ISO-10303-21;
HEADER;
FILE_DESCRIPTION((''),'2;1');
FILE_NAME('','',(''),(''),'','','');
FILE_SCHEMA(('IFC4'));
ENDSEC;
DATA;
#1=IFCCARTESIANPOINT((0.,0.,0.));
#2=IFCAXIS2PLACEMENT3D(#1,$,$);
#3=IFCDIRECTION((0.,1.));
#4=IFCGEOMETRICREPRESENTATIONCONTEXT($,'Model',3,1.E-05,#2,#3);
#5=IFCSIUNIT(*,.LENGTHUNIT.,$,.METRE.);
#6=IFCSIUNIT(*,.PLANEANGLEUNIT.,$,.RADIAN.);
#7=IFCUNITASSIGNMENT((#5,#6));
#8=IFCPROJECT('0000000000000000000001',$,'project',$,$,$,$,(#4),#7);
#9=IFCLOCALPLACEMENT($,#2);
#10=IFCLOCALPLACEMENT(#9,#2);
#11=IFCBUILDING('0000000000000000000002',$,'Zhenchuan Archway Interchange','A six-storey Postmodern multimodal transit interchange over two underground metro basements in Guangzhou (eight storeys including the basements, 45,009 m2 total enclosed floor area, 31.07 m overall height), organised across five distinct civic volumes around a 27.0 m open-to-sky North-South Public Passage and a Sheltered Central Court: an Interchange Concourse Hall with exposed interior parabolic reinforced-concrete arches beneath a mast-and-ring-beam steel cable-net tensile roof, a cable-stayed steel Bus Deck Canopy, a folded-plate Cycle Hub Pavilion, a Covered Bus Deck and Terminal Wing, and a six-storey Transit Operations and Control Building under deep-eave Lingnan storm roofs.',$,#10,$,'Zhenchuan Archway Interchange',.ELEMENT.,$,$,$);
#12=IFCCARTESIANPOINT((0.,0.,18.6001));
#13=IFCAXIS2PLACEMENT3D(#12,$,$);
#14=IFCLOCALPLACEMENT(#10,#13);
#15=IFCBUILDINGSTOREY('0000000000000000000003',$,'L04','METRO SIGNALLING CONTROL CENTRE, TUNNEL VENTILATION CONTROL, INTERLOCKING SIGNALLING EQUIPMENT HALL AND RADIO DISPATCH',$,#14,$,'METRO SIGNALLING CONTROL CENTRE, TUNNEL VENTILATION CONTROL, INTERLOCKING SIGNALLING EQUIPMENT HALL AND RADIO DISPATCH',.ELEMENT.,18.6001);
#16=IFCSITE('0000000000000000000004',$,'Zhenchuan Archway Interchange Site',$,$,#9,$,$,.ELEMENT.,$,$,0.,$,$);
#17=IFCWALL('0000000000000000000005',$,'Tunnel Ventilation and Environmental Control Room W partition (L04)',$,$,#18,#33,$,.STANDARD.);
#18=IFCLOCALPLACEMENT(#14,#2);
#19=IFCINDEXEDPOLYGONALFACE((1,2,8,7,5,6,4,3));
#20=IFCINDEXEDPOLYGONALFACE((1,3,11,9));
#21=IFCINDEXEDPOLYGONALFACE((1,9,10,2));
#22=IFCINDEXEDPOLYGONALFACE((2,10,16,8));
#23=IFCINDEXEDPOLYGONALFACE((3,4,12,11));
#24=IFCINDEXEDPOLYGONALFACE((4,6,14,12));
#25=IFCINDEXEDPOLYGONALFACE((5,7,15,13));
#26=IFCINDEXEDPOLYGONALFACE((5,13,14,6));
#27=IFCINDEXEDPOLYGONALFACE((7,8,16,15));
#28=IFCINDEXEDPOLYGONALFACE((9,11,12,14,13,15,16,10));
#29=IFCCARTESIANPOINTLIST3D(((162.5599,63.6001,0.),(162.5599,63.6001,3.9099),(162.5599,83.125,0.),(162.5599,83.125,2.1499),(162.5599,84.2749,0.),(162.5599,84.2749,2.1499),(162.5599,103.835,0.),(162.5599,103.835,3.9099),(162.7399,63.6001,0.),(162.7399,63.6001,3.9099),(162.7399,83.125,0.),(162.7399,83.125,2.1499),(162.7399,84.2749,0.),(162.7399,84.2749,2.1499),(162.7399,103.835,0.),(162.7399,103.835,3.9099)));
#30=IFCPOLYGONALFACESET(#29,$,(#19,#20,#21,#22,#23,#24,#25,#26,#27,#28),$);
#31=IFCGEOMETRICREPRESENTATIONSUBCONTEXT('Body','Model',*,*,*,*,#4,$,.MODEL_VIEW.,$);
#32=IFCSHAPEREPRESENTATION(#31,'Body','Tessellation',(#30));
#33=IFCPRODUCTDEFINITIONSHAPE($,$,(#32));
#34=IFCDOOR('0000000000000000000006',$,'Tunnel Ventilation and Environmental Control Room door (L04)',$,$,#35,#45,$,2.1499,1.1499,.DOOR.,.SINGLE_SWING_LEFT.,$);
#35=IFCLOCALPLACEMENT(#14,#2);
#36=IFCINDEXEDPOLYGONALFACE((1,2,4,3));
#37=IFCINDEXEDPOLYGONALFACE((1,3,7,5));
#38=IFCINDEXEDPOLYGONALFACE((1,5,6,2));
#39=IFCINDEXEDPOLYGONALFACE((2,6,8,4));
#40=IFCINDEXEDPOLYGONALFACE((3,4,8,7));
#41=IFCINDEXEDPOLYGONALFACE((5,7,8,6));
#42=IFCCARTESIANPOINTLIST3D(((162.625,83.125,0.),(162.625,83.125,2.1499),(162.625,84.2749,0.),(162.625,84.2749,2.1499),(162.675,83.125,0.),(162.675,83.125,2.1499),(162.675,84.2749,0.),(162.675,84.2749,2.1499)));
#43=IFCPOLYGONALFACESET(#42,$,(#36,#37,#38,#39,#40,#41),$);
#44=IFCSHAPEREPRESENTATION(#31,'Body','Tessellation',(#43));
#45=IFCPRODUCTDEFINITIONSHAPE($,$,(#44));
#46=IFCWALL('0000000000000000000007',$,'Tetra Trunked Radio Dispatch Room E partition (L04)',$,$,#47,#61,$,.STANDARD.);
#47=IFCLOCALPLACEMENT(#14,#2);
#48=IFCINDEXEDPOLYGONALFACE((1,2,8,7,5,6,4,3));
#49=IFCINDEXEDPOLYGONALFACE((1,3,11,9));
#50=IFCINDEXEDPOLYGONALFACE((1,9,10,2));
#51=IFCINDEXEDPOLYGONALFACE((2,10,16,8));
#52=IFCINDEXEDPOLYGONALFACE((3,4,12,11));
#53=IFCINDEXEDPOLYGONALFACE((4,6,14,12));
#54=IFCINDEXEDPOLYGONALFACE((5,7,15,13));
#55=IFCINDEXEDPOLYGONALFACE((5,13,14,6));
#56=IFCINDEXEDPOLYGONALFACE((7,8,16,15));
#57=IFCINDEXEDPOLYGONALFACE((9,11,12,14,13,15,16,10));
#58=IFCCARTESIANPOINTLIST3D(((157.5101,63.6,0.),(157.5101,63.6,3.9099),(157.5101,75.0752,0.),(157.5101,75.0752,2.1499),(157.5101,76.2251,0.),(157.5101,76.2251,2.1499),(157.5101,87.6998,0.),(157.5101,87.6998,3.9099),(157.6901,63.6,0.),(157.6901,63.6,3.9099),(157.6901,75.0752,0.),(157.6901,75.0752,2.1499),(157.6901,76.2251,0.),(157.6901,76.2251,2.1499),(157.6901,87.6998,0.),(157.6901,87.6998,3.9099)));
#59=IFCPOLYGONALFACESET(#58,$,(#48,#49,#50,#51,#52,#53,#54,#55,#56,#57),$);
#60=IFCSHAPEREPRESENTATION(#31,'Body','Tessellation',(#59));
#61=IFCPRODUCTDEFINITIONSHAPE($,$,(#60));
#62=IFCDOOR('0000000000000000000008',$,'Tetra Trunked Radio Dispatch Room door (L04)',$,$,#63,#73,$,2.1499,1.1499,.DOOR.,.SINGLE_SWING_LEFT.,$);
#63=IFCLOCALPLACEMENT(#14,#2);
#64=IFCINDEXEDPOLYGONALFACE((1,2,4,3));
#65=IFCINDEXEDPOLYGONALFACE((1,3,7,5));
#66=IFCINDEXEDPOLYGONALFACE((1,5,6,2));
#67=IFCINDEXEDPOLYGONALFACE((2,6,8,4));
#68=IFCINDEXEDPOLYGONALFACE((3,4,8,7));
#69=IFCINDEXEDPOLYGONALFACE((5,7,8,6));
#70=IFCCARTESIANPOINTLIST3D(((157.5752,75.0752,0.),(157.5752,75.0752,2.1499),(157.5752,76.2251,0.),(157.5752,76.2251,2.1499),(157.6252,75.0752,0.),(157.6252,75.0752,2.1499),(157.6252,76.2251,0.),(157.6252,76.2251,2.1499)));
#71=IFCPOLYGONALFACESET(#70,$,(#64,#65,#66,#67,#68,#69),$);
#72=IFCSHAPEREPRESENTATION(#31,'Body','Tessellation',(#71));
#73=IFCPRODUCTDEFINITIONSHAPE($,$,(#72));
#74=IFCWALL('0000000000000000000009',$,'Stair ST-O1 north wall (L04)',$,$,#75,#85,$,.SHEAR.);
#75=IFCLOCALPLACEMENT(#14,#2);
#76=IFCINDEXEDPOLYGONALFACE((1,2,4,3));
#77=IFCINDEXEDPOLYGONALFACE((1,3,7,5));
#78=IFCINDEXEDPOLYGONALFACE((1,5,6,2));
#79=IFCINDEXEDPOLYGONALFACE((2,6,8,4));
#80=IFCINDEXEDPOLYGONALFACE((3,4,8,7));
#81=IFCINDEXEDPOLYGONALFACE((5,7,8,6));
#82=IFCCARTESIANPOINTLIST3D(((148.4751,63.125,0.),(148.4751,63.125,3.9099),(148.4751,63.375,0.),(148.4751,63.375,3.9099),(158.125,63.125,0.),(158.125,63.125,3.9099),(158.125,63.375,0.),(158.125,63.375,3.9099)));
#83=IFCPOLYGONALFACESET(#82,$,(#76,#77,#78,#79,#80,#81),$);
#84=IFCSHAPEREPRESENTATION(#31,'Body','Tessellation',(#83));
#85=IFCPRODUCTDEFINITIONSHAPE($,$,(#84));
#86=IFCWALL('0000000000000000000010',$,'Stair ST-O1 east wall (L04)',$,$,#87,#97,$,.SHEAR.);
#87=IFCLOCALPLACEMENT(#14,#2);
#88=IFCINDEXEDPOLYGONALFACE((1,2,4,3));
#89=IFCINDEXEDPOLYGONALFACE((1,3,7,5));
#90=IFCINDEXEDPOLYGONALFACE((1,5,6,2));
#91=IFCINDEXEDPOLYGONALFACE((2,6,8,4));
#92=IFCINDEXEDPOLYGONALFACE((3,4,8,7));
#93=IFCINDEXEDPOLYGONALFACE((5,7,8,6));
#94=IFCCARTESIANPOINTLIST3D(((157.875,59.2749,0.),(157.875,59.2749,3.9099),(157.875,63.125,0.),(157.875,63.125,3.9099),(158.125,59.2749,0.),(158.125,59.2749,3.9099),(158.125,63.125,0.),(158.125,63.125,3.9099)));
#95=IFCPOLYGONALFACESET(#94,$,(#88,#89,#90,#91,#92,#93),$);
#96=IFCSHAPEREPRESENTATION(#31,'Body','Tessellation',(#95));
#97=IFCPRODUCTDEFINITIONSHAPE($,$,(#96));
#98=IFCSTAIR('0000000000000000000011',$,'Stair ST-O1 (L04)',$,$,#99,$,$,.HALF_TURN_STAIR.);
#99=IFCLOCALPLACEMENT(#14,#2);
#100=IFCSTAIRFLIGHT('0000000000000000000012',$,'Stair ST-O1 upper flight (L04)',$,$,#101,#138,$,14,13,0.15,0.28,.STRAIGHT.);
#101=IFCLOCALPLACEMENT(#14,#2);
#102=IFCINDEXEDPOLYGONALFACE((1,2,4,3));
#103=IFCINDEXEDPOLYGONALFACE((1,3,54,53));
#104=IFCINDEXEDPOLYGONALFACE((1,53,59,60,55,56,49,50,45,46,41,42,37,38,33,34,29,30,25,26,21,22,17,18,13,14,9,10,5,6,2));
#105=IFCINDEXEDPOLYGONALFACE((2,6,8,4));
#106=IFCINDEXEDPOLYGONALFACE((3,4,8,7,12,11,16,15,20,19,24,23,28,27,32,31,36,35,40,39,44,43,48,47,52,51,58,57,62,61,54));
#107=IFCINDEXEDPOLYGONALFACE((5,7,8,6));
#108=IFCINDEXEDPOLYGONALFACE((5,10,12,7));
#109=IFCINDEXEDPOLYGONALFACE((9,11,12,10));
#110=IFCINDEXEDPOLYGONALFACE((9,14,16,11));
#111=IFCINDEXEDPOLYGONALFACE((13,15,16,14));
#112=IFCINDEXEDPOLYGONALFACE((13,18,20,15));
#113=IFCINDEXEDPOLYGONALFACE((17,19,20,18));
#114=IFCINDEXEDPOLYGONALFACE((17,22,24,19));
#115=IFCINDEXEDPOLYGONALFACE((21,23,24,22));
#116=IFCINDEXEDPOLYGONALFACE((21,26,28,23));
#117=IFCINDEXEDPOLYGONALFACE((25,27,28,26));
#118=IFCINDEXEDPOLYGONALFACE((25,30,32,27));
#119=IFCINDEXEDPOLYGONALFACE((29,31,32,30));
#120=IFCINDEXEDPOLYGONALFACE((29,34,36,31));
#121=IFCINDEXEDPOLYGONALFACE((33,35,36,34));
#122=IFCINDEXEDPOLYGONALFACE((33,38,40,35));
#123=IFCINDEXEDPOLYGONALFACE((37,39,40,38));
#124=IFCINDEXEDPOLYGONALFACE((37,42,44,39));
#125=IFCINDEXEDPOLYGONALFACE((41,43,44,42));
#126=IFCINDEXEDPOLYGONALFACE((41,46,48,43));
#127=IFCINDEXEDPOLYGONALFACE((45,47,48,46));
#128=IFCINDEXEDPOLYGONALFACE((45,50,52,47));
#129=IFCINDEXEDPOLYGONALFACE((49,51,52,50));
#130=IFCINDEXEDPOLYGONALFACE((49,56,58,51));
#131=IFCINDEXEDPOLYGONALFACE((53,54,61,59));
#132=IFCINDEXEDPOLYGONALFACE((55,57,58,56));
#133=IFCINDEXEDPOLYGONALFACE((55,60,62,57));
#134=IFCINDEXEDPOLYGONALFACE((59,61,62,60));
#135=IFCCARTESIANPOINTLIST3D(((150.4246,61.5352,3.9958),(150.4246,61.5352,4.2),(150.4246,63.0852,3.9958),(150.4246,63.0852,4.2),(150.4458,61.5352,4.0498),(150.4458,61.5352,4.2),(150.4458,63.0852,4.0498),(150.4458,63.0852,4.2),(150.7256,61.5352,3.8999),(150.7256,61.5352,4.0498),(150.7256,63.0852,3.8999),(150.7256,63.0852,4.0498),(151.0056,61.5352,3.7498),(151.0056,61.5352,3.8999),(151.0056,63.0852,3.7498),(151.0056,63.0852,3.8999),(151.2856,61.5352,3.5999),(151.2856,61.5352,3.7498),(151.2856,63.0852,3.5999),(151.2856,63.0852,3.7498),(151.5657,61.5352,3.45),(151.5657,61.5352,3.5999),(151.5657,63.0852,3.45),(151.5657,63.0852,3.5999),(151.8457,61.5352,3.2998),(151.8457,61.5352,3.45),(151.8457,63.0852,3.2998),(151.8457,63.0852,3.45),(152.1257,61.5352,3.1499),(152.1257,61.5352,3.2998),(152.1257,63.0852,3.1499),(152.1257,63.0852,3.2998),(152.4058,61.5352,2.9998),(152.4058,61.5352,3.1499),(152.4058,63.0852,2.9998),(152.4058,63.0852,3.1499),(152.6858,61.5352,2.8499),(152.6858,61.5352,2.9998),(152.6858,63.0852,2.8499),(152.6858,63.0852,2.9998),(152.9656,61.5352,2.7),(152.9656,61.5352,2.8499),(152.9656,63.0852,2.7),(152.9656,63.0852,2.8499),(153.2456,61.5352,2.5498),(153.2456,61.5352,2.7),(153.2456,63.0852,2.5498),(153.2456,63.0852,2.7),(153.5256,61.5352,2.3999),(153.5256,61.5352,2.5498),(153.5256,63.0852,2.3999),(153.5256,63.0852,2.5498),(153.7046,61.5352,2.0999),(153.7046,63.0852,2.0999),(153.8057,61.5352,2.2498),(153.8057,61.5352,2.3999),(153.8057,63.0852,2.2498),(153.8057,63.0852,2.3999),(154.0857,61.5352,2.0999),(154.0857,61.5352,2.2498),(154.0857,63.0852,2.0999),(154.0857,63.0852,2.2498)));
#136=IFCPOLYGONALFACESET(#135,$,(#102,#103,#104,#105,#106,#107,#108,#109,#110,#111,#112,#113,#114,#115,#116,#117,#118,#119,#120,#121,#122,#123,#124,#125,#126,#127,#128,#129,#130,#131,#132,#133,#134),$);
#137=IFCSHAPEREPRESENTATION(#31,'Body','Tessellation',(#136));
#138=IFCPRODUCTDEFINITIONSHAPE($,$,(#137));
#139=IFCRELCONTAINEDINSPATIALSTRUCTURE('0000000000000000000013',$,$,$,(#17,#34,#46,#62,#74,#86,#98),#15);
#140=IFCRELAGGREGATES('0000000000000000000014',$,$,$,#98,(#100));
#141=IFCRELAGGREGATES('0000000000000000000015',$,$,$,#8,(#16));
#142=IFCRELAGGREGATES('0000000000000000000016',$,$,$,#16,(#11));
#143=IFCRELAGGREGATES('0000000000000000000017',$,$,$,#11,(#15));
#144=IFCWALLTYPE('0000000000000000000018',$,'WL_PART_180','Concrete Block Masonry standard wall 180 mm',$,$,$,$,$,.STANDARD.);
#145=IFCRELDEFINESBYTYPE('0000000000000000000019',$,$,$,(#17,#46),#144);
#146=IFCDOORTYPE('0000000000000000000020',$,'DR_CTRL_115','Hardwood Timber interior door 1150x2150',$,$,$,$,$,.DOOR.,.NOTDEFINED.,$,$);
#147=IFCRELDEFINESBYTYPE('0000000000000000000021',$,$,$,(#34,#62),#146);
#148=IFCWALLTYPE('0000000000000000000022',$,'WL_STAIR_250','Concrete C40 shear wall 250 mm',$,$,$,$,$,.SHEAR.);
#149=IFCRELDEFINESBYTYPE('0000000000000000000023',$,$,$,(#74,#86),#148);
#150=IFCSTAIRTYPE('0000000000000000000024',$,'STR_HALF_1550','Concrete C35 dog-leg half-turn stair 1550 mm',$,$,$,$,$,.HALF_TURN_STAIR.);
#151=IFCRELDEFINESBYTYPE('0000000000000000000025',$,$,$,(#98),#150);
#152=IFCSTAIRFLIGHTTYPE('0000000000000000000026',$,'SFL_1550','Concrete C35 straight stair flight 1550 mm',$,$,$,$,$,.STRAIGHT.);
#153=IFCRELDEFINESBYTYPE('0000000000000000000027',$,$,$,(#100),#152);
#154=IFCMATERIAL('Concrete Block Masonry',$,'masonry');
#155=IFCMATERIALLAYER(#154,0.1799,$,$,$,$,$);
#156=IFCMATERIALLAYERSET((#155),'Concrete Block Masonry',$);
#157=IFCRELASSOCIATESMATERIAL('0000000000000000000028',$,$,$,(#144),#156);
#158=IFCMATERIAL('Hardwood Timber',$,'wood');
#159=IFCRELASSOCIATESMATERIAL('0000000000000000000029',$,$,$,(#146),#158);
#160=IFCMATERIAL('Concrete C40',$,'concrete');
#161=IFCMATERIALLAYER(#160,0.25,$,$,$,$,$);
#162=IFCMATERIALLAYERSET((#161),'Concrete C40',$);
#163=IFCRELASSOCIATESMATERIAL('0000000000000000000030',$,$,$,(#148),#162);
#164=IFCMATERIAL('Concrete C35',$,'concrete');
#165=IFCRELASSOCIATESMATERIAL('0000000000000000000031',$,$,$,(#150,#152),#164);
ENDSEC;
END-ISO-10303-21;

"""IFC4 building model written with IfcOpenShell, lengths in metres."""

from ifc_helpers import new_model, si_unit, direction, frame, frame_2d, origin, place, context, subcontext, project, spatial, polyline, rectangle, outline, extrude, material, layer, layer_set, type_object, element, fill, aggregate, save


model = new_model("IFC4")

# Units and contexts
model_context = context("Model", 3, precision=1e-05, world=origin(), true_north=direction((0.0, 1.0)))
body_context = subcontext(model_context, "Body", "Model", "MODEL_VIEW")
ifc_project = project(units=[si_unit("LENGTHUNIT", "METRE"), si_unit("PLANEANGLEUNIT", "RADIAN")], contexts=[model_context])

# Site, building, storey
site_placement = place(None, origin())
site = spatial("IfcSite", under=ifc_project, at=site_placement, Name="Zhenchuan Archway Interchange Site", CompositionType="ELEMENT", RefElevation=0.0)
building_placement = place(site_placement, origin())
building = spatial("IfcBuilding", under=site, at=building_placement, Name="Zhenchuan Archway Interchange", Description="A six-storey Postmodern multimodal transit interchange over two underground metro basements in Guangzhou (eight storeys including the basements, 45,009 m2 total enclosed floor area, 31.07 m overall height), organised across five distinct civic volumes around a 27.0 m open-to-sky North-South Public Passage and a Sheltered Central Court: an Interchange Concourse Hall with exposed interior parabolic reinforced-concrete arches beneath a mast-and-ring-beam steel cable-net tensile roof, a cable-stayed steel Bus Deck Canopy, a folded-plate Cycle Hub Pavilion, a Covered Bus Deck and Terminal Wing, and a six-storey Transit Operations and Control Building under deep-eave Lingnan storm roofs.", LongName="Zhenchuan Archway Interchange", CompositionType="ELEMENT")
storey_placement = place(building_placement, frame((0.0, 0.0, 18.6001)))
storey = spatial("IfcBuildingStorey", under=building, at=storey_placement, Name="L04", Description="METRO SIGNALLING CONTROL CENTRE, TUNNEL VENTILATION CONTROL, INTERLOCKING SIGNALLING EQUIPMENT HALL AND RADIO DISPATCH", LongName="METRO SIGNALLING CONTROL CENTRE, TUNNEL VENTILATION CONTROL, INTERLOCKING SIGNALLING EQUIPMENT HALL AND RADIO DISPATCH", CompositionType="ELEMENT", Elevation=18.6001)

# Shared definitions
ifc_material_1 = material(Name="Concrete C40", Category="concrete")

# Walls, openings, doors
ifc_material_2 = material(Name="Concrete Block Masonry", Category="masonry")
ifc_layer_1 = layer(ifc_material_2, 0.1799)
ifc_layer_set_1 = layer_set([ifc_layer_1], Name="Concrete Block Masonry")
wall_type_1 = type_object("IfcWallType", Name="WL_PART_180", Description="Concrete Block Masonry standard wall 180 mm", PredefinedType="STANDARD", material=ifc_layer_set_1)
wall_1_placement = place(storey_placement, frame((162.6499, 63.6001, 0.0), z_axis=(0.0, 0.0, 1.0), x_axis=(0.0, 1.0, 0.0)))
wall_1 = element("IfcWall", 1, at=wall_1_placement, inside=storey, type_object=wall_type_1, Name="Tunnel Ventilation and Environmental Control Room W partition (L04)", PredefinedType="STANDARD", context=body_context, shape_type="SweptSolid", body=[
    extrude(rectangle(XDim=40.2349, YDim=0.1799, at=frame_2d((20.1174, 0.0))), origin(), (0.0, 0.0, 1.0), 3.9099),
])
opening_1_placement = place(wall_1_placement, frame((19.5249, 0.0, 0.0)))
opening_1 = element("IfcOpeningElement", 2, at=opening_1_placement, cuts=wall_1, PredefinedType="OPENING", context=body_context, shape_type="SweptSolid", body=[
    extrude(rectangle(XDim=1.1499, YDim=2.1499, at=frame_2d((0.575, 1.075))), frame((0.0, 0.1021, 0.0), z_axis=(0.0, -1.0, 0.0), x_axis=(1.0, 0.0, 0.0)), (0.0, 0.0, 1.0), 0.2039),
])
ifc_material_3 = material(Name="Hardwood Timber", Category="wood")
door_type_1 = type_object("IfcDoorType", Name="DR_CTRL_115", Description="Hardwood Timber interior door 1150x2150", OperationType="NOTDEFINED", PredefinedType="DOOR", material=ifc_material_3)
door_1_placement = place(opening_1_placement, origin())
door_1 = element("IfcDoor", 3, at=door_1_placement, inside=storey, type_object=door_type_1, Name="Tunnel Ventilation and Environmental Control Room door (L04)", OperationType="SINGLE_SWING_LEFT", OverallHeight=2.1499, OverallWidth=1.1499, PredefinedType="DOOR", context=body_context, shape_type="SweptSolid", body=[
    extrude(rectangle(XDim=1.1499, YDim=2.1499, at=frame_2d((0.575, 1.075))), frame((0.0, 0.0249, 0.0), z_axis=(0.0, -1.0, 0.0), x_axis=(1.0, 0.0, 0.0)), (0.0, 0.0, 1.0), 0.05),
])
fill(opening_1, door_1)
wall_2_placement = place(storey_placement, frame((157.6001, 63.6001, 0.0), z_axis=(0.0, 0.0, 1.0), x_axis=(0.0, 1.0, 0.0)))
wall_2 = element("IfcWall", 4, at=wall_2_placement, inside=storey, type_object=wall_type_1, Name="Tetra Trunked Radio Dispatch Room E partition (L04)", PredefinedType="STANDARD", context=body_context, shape_type="SweptSolid", body=[
    extrude(rectangle(XDim=24.0999, YDim=0.1799, at=frame_2d((12.0498, 0.0))), origin(), (0.0, 0.0, 1.0), 3.9099),
])
opening_2_placement = place(wall_2_placement, frame((11.4751, 0.0, 0.0)))
opening_2 = element("IfcOpeningElement", 5, at=opening_2_placement, cuts=wall_2, PredefinedType="OPENING", context=body_context, shape_type="SweptSolid", body=[
    extrude(rectangle(XDim=1.1499, YDim=2.1499, at=frame_2d((0.575, 1.075))), frame((0.0, 0.1021, 0.0), z_axis=(0.0, -1.0, 0.0), x_axis=(1.0, 0.0, 0.0)), (0.0, 0.0, 1.0), 0.2039),
])
door_2_placement = place(opening_2_placement, origin())
door_2 = element("IfcDoor", 6, at=door_2_placement, inside=storey, type_object=door_type_1, Name="Tetra Trunked Radio Dispatch Room door (L04)", OperationType="SINGLE_SWING_LEFT", OverallHeight=2.1499, OverallWidth=1.1499, PredefinedType="DOOR", context=body_context, shape_type="SweptSolid", body=[
    extrude(rectangle(XDim=1.1499, YDim=2.1499, at=frame_2d((0.575, 1.075))), frame((0.0, 0.0249, 0.0), z_axis=(0.0, -1.0, 0.0), x_axis=(1.0, 0.0, 0.0)), (0.0, 0.0, 1.0), 0.05),
])
fill(opening_2, door_2)

# Walls
ifc_layer_2 = layer(ifc_material_1, 0.25)
ifc_layer_set_2 = layer_set([ifc_layer_2], Name="Concrete C40")
wall_type_2 = type_object("IfcWallType", Name="WL_STAIR_250", Description="Concrete C40 shear wall 250 mm", PredefinedType="SHEAR", material=ifc_layer_set_2)
wall_3_placement = place(storey_placement, frame((158.125, 63.25, 0.0), z_axis=(0.0, 0.0, 1.0), x_axis=(-1.0, 0.0, 0.0)))
element("IfcWall", 7, at=wall_3_placement, inside=storey, type_object=wall_type_2, Name="Stair ST-O1 north wall (L04)", PredefinedType="SHEAR", context=body_context, shape_type="SweptSolid", body=[
    extrude(rectangle(XDim=9.6499, YDim=0.25, at=frame_2d((4.825, 0.0))), origin(), (0.0, 0.0, 1.0), 3.9099),
])
wall_4_placement = place(storey_placement, frame((158.0, 59.2749, 0.0), z_axis=(0.0, 0.0, 1.0), x_axis=(0.0, 1.0, 0.0)))
element("IfcWall", 8, at=wall_4_placement, inside=storey, type_object=wall_type_2, Name="Stair ST-O1 east wall (L04)", PredefinedType="SHEAR", context=body_context, shape_type="SweptSolid", body=[
    extrude(rectangle(XDim=3.8501, YDim=0.25, at=frame_2d((1.925, 0.0))), origin(), (0.0, 0.0, 1.0), 3.9099),
])

# Stair, stair flight
ifc_material_4 = material(Name="Concrete C35", Category="concrete")
stair_type = type_object("IfcStairType", Name="STR_HALF_1550", Description="Concrete C35 dog-leg half-turn stair 1550 mm", PredefinedType="HALF_TURN_STAIR", material=ifc_material_4)
stair_placement = place(storey_placement, origin())
stair = element("IfcStair", 9, at=stair_placement, inside=storey, type_object=stair_type, Name="Stair ST-O1 (L04)", PredefinedType="HALF_TURN_STAIR")
stair_flight_type = type_object("IfcStairFlightType", Name="SFL_1550", Description="Concrete C35 straight stair flight 1550 mm", PredefinedType="STRAIGHT", material=ifc_material_4)
stair_flight_placement = place(storey_placement, frame((154.0857, 62.3101, 2.0999), z_axis=(0.0, 0.0, 1.0), x_axis=(-1.0, 0.0, 0.0)))
stair_flight = element("IfcStairFlight", 10, at=stair_flight_placement, type_object=stair_flight_type, Name="Stair ST-O1 upper flight (L04)", NumberOfRisers=14, NumberOfTreads=13, PredefinedType="STRAIGHT", RiserHeight=0.15, TreadLength=0.28, context=body_context, shape_type="SweptSolid", body=[
    extrude(outline(polyline([(0.0, 0.0), (0.0, 0.1499), (0.28, 0.1499), (0.28, 0.3), (0.5601, 0.3), (0.5601, 0.45), (0.8401, 0.45), (0.8401, 0.6001), (1.1201, 0.6001), (1.1201, 0.75), (1.3999, 0.75), (1.3999, 0.8999), (1.6799, 0.8999), (1.6799, 1.05), (1.96, 1.05), (1.96, 1.2), (2.24, 1.2), (2.24, 1.3501), (2.52, 1.3501), (2.52, 1.5), (2.8, 1.5), (2.8, 1.6499), (3.0801, 1.6499), (3.0801, 1.8), (3.3601, 1.8), (3.3601, 1.95), (3.6399, 1.95), (3.6399, 2.1001), (3.6611, 2.1001), (3.6611, 1.896), (0.3811, 0.0), (0.0, 0.0)])), frame((0.0, 0.7749, 0.0), z_axis=(0.0, -1.0, 0.0), x_axis=(1.0, 0.0, 0.0)), (0.0, 0.0, 1.0), 1.55),
])
aggregate(stair, [stair_flight])

save(model, "model.ifc")
